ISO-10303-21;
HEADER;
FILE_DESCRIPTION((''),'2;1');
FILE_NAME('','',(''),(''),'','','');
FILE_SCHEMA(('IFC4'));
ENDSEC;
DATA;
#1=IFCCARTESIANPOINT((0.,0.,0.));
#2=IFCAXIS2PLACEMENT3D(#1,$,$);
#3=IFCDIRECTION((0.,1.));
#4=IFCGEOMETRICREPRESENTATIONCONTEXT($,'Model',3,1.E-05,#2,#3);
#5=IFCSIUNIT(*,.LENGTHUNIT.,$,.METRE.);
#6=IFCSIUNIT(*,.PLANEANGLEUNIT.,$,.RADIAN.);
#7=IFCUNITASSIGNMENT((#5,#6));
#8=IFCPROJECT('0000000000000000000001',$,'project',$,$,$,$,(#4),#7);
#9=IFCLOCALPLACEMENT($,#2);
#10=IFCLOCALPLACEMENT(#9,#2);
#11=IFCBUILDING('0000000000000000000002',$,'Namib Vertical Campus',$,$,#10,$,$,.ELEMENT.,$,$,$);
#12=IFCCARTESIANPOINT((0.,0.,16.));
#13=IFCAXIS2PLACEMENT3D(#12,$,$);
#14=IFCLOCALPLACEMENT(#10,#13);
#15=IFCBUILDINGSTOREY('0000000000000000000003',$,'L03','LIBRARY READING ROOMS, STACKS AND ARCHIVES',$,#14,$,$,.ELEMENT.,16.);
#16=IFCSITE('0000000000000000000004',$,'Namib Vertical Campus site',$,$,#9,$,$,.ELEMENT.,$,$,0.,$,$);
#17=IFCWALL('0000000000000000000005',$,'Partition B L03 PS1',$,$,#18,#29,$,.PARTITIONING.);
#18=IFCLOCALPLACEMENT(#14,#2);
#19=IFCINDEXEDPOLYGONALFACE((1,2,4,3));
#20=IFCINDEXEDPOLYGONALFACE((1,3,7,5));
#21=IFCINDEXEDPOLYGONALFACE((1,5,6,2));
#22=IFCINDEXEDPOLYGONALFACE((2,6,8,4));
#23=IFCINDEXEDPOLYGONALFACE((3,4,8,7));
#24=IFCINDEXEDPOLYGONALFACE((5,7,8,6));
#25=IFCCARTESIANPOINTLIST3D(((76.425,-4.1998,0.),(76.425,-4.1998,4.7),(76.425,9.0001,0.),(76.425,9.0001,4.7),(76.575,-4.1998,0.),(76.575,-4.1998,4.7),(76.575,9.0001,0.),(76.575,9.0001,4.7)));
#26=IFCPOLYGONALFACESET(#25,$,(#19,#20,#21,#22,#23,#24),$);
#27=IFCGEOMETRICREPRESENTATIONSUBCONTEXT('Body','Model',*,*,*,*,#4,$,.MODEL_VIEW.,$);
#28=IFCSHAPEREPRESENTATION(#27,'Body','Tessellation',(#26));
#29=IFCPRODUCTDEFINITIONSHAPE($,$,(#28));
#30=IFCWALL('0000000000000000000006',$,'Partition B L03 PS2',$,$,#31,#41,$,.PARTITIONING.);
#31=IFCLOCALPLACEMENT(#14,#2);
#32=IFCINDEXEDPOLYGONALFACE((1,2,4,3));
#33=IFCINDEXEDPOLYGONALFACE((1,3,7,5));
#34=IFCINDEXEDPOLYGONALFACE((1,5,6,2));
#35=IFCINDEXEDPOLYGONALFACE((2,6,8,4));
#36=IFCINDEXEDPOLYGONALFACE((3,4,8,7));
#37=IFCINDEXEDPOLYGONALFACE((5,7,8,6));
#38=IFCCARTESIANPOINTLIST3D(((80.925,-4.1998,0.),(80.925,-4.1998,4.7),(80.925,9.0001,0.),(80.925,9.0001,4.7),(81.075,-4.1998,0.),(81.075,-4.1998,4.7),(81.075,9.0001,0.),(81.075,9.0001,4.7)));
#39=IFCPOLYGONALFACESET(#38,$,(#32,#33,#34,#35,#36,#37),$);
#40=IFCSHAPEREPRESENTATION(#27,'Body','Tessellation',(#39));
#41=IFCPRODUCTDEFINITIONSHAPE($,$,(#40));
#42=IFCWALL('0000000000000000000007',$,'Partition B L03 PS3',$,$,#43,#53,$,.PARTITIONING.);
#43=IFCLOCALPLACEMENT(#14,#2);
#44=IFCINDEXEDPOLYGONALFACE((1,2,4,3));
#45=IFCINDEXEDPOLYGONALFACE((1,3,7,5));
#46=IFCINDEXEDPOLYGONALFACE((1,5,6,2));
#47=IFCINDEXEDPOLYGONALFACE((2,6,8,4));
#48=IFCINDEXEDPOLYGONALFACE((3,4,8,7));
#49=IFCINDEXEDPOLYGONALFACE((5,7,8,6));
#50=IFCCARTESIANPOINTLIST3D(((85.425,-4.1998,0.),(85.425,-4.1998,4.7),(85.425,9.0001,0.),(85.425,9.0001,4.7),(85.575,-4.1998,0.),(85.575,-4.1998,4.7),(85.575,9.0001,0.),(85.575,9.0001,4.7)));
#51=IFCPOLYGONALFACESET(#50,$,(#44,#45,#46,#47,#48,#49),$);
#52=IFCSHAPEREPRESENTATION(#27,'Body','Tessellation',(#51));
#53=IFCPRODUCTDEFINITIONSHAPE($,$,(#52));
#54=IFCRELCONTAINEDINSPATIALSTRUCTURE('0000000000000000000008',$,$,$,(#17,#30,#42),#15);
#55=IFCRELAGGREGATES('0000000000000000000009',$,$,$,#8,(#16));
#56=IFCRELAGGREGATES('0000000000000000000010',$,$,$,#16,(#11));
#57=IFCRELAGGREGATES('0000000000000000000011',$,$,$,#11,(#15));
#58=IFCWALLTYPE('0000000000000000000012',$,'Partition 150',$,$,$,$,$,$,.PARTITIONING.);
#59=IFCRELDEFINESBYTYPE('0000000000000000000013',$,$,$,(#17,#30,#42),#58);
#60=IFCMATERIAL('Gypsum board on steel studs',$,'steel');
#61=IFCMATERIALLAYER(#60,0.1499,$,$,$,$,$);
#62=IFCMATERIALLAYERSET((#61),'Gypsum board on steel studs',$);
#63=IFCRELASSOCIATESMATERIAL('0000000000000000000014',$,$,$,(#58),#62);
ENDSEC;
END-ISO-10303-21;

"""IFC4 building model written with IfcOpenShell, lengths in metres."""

from ifc_helpers import new_model, si_unit, direction, frame, frame_2d, origin, place, context, subcontext, project, spatial, rectangle, extrude, material, layer, layer_set, type_object, element, save


model = new_model("IFC4")

# Units and contexts
model_context = context("Model", 3, precision=1e-05, world=origin(), true_north=direction((0.0, 1.0)))
body_context = subcontext(model_context, "Body", "Model", "MODEL_VIEW")
ifc_project = project(units=[si_unit("LENGTHUNIT", "METRE"), si_unit("PLANEANGLEUNIT", "RADIAN")], contexts=[model_context])

# Site, building, storey
site_placement = place(None, origin())
site = spatial("IfcSite", under=ifc_project, at=site_placement, Name="Namib Vertical Campus site", CompositionType="ELEMENT", RefElevation=0.0)
building_placement = place(site_placement, origin())
building = spatial("IfcBuilding", under=site, at=building_placement, Name="Namib Vertical Campus", CompositionType="ELEMENT")
storey_placement = place(building_placement, frame((0.0, 0.0, 16.0)))
storey = spatial("IfcBuildingStorey", under=building, at=storey_placement, Name="L03", Description="LIBRARY READING ROOMS, STACKS AND ARCHIVES", CompositionType="ELEMENT", Elevation=16.0)

# Walls
ifc_material_1 = material(Name="Gypsum board on steel studs", Category="steel")
ifc_layer_1 = layer(ifc_material_1, 0.1499)
ifc_layer_set_1 = layer_set([ifc_layer_1], Name="Gypsum board on steel studs")
wall_type_1 = type_object("IfcWallType", Name="Partition 150", PredefinedType="PARTITIONING", material=ifc_layer_set_1)
for number, where, z_axis, x_axis, name in (
    (1, (76.5, -4.2, 0.0), (0.0, 0.0, 1.0), (0.0, 1.0, 0.0), "Partition B L03 PS1"),
    (2, (81.0, -4.2, 0.0), (0.0, 0.0, 1.0), (0.0, 1.0, 0.0), "Partition B L03 PS2"),
    (3, (85.5, -4.2, 0.0), (0.0, 0.0, 1.0), (0.0, 1.0, 0.0), "Partition B L03 PS3"),
):
    element("IfcWall", number, at=place(storey_placement, frame(where, z_axis=z_axis, x_axis=x_axis)), inside=storey, type_object=wall_type_1, Name=name, PredefinedType="PARTITIONING", context=body_context, shape_type="SweptSolid", body=[
        extrude(rectangle(XDim=13.2, YDim=0.1499, at=frame_2d((6.6001, 0.0))), origin(), (0.0, 0.0, 1.0), 4.7),
    ])

save(model, "model.ifc")
